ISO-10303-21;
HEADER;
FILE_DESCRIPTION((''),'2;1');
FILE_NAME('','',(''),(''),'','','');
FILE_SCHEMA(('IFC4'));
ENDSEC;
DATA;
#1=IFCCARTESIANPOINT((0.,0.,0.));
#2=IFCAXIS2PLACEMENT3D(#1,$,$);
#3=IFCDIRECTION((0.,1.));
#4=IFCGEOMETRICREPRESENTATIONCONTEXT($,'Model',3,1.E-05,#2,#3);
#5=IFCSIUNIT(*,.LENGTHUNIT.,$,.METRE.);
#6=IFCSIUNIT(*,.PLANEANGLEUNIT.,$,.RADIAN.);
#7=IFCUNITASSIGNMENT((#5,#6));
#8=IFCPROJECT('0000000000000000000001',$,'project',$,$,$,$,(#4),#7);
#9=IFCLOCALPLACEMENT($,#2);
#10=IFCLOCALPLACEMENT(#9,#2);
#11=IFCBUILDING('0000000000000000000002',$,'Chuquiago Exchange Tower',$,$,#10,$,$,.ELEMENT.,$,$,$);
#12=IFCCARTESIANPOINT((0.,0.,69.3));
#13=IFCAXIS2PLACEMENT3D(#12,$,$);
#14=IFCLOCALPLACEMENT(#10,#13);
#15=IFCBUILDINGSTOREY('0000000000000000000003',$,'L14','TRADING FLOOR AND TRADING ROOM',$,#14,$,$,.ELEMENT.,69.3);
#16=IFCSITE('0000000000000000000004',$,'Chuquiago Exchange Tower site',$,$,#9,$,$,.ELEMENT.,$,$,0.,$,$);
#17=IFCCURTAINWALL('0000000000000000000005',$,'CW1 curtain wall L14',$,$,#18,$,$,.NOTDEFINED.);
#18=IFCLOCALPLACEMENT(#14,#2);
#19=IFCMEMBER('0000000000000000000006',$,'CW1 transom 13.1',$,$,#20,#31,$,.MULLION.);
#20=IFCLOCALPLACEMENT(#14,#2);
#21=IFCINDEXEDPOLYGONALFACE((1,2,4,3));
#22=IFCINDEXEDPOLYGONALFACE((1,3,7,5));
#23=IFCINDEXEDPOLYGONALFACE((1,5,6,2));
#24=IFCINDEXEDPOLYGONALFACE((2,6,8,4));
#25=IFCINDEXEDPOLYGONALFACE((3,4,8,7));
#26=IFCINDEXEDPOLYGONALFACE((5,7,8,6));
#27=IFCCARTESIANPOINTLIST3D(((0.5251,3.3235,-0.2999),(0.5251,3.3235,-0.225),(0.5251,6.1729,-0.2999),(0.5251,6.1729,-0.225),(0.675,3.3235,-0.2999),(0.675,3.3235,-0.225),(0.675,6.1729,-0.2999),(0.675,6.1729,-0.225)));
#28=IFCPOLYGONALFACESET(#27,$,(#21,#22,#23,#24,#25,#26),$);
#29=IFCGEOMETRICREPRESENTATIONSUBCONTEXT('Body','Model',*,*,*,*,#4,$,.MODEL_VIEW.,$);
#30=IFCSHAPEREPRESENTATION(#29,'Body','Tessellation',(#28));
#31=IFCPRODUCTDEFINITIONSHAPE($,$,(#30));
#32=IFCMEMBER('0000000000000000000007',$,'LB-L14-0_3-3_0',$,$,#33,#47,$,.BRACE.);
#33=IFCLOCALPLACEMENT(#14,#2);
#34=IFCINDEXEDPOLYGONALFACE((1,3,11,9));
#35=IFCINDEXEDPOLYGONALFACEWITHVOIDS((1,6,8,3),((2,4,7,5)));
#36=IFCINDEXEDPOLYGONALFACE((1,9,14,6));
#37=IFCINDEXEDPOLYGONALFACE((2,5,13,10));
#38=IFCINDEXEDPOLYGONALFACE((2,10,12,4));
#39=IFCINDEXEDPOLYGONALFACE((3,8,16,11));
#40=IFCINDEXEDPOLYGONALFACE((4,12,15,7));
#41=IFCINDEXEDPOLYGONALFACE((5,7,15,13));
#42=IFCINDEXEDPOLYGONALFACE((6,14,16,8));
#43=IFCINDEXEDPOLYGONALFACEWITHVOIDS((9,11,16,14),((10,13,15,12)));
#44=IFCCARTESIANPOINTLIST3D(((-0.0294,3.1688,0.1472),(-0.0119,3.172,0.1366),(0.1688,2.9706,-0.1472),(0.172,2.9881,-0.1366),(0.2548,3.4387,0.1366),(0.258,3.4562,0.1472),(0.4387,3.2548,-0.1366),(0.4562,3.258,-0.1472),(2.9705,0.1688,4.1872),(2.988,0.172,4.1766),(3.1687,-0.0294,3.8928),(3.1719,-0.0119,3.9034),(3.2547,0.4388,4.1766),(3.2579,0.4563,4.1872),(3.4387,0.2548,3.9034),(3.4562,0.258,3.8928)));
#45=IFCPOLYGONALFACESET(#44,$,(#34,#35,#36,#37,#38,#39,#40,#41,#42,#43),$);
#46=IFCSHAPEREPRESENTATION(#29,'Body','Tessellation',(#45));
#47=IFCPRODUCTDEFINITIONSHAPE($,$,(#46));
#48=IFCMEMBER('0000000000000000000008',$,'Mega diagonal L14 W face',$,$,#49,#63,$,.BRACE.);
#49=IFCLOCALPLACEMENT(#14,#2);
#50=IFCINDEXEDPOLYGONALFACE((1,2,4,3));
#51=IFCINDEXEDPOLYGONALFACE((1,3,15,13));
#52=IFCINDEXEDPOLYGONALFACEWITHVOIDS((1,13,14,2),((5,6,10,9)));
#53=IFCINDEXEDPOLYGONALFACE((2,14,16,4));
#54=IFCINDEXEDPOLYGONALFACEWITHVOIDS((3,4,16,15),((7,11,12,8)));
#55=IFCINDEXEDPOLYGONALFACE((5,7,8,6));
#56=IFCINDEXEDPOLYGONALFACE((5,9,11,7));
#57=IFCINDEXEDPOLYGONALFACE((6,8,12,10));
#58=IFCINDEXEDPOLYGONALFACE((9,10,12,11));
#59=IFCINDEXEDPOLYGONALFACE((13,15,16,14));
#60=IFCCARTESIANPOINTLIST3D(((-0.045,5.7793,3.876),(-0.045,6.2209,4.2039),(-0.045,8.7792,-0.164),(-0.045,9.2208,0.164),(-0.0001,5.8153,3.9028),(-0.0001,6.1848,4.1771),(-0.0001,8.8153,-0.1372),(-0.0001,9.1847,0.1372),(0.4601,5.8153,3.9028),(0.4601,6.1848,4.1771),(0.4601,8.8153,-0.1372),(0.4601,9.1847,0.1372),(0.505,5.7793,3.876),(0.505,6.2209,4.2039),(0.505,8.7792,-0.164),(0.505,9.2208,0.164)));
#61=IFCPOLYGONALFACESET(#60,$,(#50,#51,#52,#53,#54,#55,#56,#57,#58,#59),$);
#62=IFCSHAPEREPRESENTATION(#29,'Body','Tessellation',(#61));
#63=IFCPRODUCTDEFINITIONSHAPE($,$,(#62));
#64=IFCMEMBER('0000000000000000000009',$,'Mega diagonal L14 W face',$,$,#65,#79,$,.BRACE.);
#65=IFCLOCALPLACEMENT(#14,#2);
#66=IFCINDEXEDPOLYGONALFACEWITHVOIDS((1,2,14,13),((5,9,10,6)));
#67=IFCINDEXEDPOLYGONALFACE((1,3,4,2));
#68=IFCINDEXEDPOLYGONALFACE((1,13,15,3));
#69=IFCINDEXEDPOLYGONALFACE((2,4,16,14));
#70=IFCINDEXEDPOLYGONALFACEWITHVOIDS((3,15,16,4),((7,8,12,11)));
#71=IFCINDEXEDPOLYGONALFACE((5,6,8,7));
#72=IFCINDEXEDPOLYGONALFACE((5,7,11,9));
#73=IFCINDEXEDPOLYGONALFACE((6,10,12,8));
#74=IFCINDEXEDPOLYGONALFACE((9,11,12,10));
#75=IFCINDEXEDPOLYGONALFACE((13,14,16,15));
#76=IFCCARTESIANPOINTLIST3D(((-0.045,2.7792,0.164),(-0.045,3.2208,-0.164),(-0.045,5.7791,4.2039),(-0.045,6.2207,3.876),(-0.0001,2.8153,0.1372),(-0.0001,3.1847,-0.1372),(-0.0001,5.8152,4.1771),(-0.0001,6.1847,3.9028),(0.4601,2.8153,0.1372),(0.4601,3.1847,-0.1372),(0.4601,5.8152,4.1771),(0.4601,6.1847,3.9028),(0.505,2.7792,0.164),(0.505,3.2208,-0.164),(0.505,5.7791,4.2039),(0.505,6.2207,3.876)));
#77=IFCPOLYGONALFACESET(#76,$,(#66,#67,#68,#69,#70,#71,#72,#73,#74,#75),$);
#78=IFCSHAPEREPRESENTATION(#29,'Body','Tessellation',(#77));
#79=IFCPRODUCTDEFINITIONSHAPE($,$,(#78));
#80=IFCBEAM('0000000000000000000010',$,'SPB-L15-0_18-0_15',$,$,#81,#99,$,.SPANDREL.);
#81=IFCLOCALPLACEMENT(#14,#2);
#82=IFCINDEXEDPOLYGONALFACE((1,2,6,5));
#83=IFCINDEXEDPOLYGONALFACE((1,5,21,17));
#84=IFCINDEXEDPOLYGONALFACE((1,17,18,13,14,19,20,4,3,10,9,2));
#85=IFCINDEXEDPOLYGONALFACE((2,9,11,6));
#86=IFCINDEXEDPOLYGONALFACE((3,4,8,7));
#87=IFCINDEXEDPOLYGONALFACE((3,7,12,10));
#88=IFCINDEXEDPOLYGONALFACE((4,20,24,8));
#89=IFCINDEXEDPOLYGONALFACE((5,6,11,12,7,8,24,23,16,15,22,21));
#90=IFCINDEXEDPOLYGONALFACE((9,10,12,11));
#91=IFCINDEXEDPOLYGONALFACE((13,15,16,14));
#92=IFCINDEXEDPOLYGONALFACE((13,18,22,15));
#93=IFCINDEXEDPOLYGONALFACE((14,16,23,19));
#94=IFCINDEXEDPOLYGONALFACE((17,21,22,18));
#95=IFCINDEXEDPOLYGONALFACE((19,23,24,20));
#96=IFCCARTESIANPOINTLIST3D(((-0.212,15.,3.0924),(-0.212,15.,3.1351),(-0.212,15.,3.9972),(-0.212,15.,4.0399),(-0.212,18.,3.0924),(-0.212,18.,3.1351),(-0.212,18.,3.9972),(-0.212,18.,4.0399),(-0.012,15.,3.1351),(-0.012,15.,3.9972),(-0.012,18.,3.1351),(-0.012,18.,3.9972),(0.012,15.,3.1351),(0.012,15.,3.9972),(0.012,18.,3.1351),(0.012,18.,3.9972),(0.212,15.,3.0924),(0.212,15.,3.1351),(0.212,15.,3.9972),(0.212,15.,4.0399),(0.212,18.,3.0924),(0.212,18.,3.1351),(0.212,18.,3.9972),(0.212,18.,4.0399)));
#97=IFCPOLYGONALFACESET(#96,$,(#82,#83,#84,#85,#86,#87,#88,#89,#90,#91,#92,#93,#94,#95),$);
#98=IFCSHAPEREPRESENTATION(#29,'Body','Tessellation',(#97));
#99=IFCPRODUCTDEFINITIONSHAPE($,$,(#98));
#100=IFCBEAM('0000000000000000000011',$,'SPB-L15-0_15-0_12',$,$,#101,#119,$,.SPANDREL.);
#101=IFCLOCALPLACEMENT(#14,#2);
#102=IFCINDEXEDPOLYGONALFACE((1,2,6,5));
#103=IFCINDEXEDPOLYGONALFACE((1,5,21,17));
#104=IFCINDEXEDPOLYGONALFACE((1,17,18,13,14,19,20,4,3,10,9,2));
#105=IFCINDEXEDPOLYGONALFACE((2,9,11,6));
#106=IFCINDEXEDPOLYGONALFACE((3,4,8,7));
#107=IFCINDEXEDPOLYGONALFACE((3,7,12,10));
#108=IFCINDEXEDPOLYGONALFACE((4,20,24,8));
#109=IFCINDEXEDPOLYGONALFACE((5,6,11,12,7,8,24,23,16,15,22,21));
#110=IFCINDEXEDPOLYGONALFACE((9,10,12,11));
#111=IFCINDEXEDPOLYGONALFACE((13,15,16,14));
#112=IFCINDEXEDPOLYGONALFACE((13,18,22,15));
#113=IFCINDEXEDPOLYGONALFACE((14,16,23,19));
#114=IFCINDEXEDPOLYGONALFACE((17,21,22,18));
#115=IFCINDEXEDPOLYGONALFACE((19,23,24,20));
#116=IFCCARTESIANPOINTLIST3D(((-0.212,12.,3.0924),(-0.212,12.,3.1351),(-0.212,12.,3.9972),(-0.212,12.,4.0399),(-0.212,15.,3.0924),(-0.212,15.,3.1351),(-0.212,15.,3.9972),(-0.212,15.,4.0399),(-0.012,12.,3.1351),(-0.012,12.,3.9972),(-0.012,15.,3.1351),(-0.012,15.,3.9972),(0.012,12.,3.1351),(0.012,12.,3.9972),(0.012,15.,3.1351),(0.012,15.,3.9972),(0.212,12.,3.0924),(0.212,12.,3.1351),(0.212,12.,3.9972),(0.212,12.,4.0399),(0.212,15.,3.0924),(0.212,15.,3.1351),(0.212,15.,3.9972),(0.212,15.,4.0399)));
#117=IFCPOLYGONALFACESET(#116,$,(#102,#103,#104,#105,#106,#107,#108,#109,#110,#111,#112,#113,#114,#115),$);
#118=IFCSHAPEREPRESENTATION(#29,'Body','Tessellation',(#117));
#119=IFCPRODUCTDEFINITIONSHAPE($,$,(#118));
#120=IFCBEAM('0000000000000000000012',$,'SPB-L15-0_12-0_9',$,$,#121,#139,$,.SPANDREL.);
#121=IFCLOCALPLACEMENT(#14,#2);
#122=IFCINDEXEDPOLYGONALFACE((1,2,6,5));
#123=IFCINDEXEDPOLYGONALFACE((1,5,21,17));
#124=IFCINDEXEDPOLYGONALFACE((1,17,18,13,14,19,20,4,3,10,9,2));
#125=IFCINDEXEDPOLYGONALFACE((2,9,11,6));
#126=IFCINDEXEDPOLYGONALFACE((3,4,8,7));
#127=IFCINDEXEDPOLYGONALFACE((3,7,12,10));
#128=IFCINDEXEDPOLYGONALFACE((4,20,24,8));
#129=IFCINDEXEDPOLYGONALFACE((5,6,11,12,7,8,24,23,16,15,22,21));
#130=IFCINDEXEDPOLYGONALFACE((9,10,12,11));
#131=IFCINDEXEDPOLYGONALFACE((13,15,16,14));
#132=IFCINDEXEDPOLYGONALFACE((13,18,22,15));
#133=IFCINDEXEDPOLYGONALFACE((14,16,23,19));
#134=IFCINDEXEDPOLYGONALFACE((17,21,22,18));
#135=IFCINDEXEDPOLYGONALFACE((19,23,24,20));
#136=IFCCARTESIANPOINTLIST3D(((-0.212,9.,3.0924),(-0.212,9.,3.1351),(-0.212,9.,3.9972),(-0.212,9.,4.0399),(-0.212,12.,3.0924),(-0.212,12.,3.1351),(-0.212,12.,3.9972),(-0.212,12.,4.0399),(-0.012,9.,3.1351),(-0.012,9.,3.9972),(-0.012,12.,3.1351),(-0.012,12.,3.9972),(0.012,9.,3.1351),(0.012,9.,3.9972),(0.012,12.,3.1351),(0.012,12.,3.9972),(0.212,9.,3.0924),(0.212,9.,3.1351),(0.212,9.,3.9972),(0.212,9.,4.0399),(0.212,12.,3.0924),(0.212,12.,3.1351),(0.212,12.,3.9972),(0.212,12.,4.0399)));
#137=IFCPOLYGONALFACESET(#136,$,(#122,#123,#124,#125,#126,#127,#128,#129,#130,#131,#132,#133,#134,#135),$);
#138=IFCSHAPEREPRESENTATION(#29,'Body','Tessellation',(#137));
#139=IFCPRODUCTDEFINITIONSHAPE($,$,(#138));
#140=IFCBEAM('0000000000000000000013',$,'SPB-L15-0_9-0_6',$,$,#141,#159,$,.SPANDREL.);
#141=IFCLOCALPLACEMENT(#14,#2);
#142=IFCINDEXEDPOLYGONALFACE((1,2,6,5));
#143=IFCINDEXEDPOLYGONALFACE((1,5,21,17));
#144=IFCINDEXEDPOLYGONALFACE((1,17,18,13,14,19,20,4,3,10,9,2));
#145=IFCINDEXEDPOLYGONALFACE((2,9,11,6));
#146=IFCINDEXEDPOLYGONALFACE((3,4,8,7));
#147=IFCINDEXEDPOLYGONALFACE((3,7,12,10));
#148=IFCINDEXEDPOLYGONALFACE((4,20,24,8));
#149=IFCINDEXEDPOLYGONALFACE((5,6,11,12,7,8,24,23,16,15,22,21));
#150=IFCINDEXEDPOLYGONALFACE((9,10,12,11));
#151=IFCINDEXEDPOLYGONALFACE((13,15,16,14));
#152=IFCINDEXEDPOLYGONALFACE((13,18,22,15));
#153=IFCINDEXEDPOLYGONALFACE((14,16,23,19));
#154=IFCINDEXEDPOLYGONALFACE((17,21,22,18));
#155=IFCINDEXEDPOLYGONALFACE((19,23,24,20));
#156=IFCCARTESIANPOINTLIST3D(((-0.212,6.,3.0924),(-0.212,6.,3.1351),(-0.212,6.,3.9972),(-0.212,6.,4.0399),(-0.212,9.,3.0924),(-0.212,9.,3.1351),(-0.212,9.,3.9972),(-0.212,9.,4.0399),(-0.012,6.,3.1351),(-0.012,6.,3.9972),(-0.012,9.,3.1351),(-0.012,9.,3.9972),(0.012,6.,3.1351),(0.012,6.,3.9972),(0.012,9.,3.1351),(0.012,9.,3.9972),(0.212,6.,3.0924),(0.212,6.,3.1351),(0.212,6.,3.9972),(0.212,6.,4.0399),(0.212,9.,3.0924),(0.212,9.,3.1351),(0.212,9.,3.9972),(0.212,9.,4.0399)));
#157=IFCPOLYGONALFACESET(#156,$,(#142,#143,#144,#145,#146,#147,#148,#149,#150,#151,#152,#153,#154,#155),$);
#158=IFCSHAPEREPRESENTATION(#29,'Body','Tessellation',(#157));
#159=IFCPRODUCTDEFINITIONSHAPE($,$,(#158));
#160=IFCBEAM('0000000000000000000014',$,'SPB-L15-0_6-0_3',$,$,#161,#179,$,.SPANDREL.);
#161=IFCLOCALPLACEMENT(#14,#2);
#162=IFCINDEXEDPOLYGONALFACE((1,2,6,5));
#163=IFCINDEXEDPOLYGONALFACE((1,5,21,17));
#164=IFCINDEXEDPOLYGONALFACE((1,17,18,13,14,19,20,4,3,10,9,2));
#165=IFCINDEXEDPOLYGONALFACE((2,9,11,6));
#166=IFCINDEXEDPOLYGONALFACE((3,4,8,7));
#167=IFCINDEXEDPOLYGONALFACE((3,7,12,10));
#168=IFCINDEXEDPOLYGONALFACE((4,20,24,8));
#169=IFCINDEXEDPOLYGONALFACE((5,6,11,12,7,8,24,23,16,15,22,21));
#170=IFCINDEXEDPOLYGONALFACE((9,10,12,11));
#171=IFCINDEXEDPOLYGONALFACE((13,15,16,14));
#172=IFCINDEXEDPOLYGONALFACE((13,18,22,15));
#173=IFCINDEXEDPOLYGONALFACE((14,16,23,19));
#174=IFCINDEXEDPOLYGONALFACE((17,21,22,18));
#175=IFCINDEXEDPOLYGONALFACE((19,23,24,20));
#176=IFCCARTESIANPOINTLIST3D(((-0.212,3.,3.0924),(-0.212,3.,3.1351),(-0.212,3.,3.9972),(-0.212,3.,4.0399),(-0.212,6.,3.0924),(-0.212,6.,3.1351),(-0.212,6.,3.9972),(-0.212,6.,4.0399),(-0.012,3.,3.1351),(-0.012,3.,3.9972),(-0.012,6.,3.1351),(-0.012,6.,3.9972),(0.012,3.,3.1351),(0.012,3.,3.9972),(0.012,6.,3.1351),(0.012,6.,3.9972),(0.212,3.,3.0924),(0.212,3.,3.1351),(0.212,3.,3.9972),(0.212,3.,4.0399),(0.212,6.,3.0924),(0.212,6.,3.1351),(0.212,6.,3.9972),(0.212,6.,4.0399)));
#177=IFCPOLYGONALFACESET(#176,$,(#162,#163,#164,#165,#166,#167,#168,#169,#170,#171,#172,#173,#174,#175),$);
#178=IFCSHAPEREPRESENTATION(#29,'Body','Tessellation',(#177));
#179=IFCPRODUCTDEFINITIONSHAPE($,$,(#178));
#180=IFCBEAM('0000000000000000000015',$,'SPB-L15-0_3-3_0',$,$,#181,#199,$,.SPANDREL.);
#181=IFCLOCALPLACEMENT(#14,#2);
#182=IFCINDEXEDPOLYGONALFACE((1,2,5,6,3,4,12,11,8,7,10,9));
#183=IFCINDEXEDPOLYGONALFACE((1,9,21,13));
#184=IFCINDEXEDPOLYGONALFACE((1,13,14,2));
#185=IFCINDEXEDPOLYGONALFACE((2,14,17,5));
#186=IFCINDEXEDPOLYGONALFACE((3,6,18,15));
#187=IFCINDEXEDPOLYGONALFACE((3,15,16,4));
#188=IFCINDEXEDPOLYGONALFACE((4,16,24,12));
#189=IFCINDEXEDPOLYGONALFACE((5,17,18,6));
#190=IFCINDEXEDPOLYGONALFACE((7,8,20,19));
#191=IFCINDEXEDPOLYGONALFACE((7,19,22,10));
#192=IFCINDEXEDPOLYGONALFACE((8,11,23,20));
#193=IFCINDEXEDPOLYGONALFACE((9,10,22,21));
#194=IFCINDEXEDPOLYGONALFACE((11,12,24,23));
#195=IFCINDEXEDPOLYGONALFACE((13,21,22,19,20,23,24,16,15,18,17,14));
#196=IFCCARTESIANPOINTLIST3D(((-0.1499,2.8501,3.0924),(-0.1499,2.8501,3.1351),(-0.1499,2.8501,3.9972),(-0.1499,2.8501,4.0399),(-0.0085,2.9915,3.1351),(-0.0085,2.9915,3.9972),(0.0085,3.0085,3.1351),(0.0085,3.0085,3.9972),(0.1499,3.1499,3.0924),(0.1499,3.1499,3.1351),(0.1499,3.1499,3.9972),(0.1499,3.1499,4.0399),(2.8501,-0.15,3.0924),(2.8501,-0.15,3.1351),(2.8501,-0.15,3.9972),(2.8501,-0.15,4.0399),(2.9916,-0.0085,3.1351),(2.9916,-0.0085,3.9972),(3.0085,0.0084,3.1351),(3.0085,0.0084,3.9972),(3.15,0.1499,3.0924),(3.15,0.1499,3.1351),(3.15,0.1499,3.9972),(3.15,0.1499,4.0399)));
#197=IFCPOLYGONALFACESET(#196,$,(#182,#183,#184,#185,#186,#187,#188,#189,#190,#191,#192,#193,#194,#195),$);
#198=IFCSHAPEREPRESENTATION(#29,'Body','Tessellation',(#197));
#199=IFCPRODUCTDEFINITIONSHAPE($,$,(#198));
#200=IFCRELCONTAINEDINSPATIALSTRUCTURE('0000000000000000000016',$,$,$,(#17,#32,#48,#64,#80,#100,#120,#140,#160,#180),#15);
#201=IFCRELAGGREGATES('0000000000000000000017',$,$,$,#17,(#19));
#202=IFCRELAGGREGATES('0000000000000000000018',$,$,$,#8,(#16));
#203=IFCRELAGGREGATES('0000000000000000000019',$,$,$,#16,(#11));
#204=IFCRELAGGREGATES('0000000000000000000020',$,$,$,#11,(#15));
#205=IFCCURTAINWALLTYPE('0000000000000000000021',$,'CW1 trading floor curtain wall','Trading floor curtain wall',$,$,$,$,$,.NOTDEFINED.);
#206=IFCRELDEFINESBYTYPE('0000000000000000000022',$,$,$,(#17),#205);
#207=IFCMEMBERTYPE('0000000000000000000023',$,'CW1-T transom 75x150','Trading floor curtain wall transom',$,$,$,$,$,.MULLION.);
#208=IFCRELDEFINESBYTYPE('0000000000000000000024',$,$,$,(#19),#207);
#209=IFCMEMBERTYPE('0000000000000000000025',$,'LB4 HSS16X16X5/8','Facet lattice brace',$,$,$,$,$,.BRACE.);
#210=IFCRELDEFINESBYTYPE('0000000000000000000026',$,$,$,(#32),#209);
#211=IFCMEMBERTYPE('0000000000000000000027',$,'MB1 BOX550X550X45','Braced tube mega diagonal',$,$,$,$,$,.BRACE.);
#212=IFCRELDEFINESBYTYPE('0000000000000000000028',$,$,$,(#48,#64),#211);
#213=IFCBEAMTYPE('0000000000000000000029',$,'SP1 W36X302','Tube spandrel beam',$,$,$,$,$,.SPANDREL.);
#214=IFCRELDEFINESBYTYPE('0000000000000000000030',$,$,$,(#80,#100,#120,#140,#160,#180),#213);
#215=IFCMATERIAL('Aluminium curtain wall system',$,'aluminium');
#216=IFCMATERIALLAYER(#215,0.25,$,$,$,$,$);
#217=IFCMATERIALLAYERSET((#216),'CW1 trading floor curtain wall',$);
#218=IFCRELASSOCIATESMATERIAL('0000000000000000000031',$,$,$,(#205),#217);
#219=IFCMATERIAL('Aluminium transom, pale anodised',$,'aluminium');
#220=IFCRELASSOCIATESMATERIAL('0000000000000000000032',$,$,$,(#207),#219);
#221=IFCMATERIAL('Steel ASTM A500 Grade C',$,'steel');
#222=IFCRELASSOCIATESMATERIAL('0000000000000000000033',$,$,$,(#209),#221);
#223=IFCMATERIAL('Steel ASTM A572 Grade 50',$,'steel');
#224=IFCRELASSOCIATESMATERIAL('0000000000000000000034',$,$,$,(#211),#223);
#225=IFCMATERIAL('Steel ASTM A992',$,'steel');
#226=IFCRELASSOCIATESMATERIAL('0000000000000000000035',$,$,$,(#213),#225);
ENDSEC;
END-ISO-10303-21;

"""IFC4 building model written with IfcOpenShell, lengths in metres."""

from ifc_helpers import new_model, si_unit, direction, frame, origin, origin_2d, place, context, subcontext, project, spatial, rectangle, hollow_rectangle, i_section, extrude, material, layer, layer_set, material_profile, profile_set, type_object, element, aggregate, save


model = new_model("IFC4")

# Units and contexts
model_context = context("Model", 3, precision=1e-05, world=origin(), true_north=direction((0.0, 1.0)))
body_context = subcontext(model_context, "Body", "Model", "MODEL_VIEW")
ifc_project = project(units=[si_unit("LENGTHUNIT", "METRE"), si_unit("PLANEANGLEUNIT", "RADIAN")], contexts=[model_context])

# Site, building, storey
site_placement = place(None, origin())
site = spatial("IfcSite", under=ifc_project, at=site_placement, Name="Chuquiago Exchange Tower site", CompositionType="ELEMENT", RefElevation=0.0)
building_placement = place(site_placement, origin())
building = spatial("IfcBuilding", under=site, at=building_placement, Name="Chuquiago Exchange Tower", CompositionType="ELEMENT")
storey_placement = place(building_placement, frame((0.0, 0.0, 69.3)))
storey = spatial("IfcBuildingStorey", under=building, at=storey_placement, Name="L14", Description="TRADING FLOOR AND TRADING ROOM", CompositionType="ELEMENT", Elevation=69.3)

# Curtain wall, member
ifc_material_1 = material(Name="Aluminium curtain wall system", Category="aluminium")
ifc_layer_1 = layer(ifc_material_1, 0.25)
ifc_layer_set_1 = layer_set([ifc_layer_1], Name="CW1 trading floor curtain wall")
curtain_wall_type = type_object("IfcCurtainWallType", Name="CW1 trading floor curtain wall", Description="Trading floor curtain wall", PredefinedType="NOTDEFINED", material=ifc_layer_set_1)
curtain_wall_placement = place(storey_placement, origin())
curtain_wall = element("IfcCurtainWall", 1, at=curtain_wall_placement, inside=storey, type_object=curtain_wall_type, Name="CW1 curtain wall L14", PredefinedType="NOTDEFINED")
ifc_material_2 = material(Name="Aluminium transom, pale anodised", Category="aluminium")
ifc_material_profile_1 = material_profile(ifc_material_2, rectangle(XDim=0.1499, YDim=0.075, at=origin_2d()), Name="AL 150x75")
ifc_profile_set_1 = profile_set([ifc_material_profile_1], Name="Aluminium transom, pale anodised")
member_type_1 = type_object("IfcMemberType", Name="CW1-T transom 75x150", Description="Trading floor curtain wall transom", PredefinedType="MULLION", material=ifc_profile_set_1)
member_1_placement = place(storey_placement, frame((0.6001, 6.1729, -0.2625), z_axis=(0.0, -1.0, 0.0), x_axis=(1.0, 0.0, 0.0)))
member_1 = element("IfcMember", 2, at=member_1_placement, type_object=member_type_1, Name="CW1 transom 13.1", PredefinedType="MULLION", context=body_context, shape_type="SweptSolid", body=[
    extrude(rectangle(XDim=0.1499, YDim=0.075, at=origin_2d()), origin(), (0.0, 0.0, 1.0), 2.8494),
])

# Members
ifc_material_3 = material(Name="Steel ASTM A500 Grade C", Category="steel")
ifc_material_profile_2 = material_profile(ifc_material_3, hollow_rectangle(XDim=0.4065, YDim=0.4065, WallThickness=0.0146, at=origin_2d()), Name="HSS16X16X5/8")
ifc_profile_set_2 = profile_set([ifc_material_profile_2], Name="Steel ASTM A500 Grade C")
member_type_2 = type_object("IfcMemberType", Name="LB4 HSS16X16X5/8", Description="Facet lattice brace", PredefinedType="BRACE", material=ifc_profile_set_2)
member_2_placement = place(storey_placement, frame((0.2134, 3.2134, 0.0), z_axis=(0.512077, -0.512077, 0.689604), x_axis=(0.707107, 0.707107, 0.0)))
element("IfcMember", 3, at=member_2_placement, inside=storey, type_object=member_type_2, Name="LB-L14-0_3-3_0", PredefinedType="BRACE", context=body_context, shape_type="SweptSolid", body=[
    extrude(hollow_rectangle(XDim=0.4065, YDim=0.4065, WallThickness=0.0146, at=origin_2d()), origin(), (0.0, 0.0, 1.0), 5.8584),
])
ifc_material_4 = material(Name="Steel ASTM A572 Grade 50", Category="steel")
ifc_material_profile_3 = material_profile(ifc_material_4, hollow_rectangle(XDim=0.55, YDim=0.55, WallThickness=0.0449, at=origin_2d()), Name="BOX550X550X45")
ifc_profile_set_3 = profile_set([ifc_material_profile_3], Name="Steel ASTM A572 Grade 50")
member_type_3 = type_object("IfcMemberType", Name="MB1 BOX550X550X45", Description="Braced tube mega diagonal", PredefinedType="BRACE", material=ifc_profile_set_3)
for number, where, z_axis, x_axis, name in (
    (4, (0.23, 9.0, 0.0), (0.0, -0.596174, 0.802855), (1.0, 0.0, 0.0), "Mega diagonal L14 W face"),
    (5, (0.23, 3.0, 0.0), (0.0, 0.596174, 0.802855), (-1.0, 0.0, 0.0), "Mega diagonal L14 W face"),
):
    element("IfcMember", number, at=place(storey_placement, frame(where, z_axis=z_axis, x_axis=x_axis)), inside=storey, type_object=member_type_3, Name=name, PredefinedType="BRACE", context=body_context, shape_type="SweptSolid", body=[
        extrude(hollow_rectangle(XDim=0.55, YDim=0.55, WallThickness=0.0449, at=origin_2d()), origin(), (0.0, 0.0, 1.0), 5.032),
    ])

# Beams
ifc_material_5 = material(Name="Steel ASTM A992", Category="steel")
ifc_material_profile_4 = material_profile(ifc_material_5, i_section(OverallWidth=0.4241, OverallDepth=0.9475, WebThickness=0.0239, FlangeThickness=0.0427, at=origin_2d()), Name="W36X302")
ifc_profile_set_4 = profile_set([ifc_material_profile_4], Name="Steel ASTM A992")
beam_type = type_object("IfcBeamType", Name="SP1 W36X302", Description="Tube spandrel beam", PredefinedType="SPANDREL", material=ifc_profile_set_4)
for number, where, z_axis, x_axis, name in (
    (6, (0.0, 18.0, 3.5662), (0.0, -1.0, 0.0), (1.0, 0.0, 0.0), "SPB-L15-0_18-0_15"),
    (7, (0.0, 15.0, 3.5662), (0.0, -1.0, 0.0), (1.0, 0.0, 0.0), "SPB-L15-0_15-0_12"),
    (8, (0.0, 12.0, 3.5662), (0.0, -1.0, 0.0), (1.0, 0.0, 0.0), "SPB-L15-0_12-0_9"),
    (9, (0.0, 9.0, 3.5662), (0.0, -1.0, 0.0), (1.0, 0.0, 0.0), "SPB-L15-0_9-0_6"),
    (10, (0.0, 6.0, 3.5662), (0.0, -1.0, 0.0), (1.0, 0.0, 0.0), "SPB-L15-0_6-0_3"),
):
    element("IfcBeam", number, at=place(storey_placement, frame(where, z_axis=z_axis, x_axis=x_axis)), inside=storey, type_object=beam_type, Name=name, PredefinedType="SPANDREL", context=body_context, shape_type="SweptSolid", body=[
        extrude(i_section(OverallWidth=0.4241, OverallDepth=0.9475, WebThickness=0.0239, FlangeThickness=0.0427, at=origin_2d()), origin(), (0.0, 0.0, 1.0), 3.0),
    ])
beam_placement = place(storey_placement, frame((0.0, 3.0, 3.5662), z_axis=(0.707107, -0.707107, 0.0), x_axis=(0.707107, 0.707107, 0.0)))
element("IfcBeam", 11, at=beam_placement, inside=storey, type_object=beam_type, Name="SPB-L15-0_3-3_0", PredefinedType="SPANDREL", context=body_context, shape_type="SweptSolid", body=[
    extrude(i_section(OverallWidth=0.4241, OverallDepth=0.9475, WebThickness=0.0239, FlangeThickness=0.0427, at=origin_2d()), origin(), (0.0, 0.0, 1.0), 4.2427),
])

aggregate(curtain_wall, [member_1])

save(model, "model.ifc")
